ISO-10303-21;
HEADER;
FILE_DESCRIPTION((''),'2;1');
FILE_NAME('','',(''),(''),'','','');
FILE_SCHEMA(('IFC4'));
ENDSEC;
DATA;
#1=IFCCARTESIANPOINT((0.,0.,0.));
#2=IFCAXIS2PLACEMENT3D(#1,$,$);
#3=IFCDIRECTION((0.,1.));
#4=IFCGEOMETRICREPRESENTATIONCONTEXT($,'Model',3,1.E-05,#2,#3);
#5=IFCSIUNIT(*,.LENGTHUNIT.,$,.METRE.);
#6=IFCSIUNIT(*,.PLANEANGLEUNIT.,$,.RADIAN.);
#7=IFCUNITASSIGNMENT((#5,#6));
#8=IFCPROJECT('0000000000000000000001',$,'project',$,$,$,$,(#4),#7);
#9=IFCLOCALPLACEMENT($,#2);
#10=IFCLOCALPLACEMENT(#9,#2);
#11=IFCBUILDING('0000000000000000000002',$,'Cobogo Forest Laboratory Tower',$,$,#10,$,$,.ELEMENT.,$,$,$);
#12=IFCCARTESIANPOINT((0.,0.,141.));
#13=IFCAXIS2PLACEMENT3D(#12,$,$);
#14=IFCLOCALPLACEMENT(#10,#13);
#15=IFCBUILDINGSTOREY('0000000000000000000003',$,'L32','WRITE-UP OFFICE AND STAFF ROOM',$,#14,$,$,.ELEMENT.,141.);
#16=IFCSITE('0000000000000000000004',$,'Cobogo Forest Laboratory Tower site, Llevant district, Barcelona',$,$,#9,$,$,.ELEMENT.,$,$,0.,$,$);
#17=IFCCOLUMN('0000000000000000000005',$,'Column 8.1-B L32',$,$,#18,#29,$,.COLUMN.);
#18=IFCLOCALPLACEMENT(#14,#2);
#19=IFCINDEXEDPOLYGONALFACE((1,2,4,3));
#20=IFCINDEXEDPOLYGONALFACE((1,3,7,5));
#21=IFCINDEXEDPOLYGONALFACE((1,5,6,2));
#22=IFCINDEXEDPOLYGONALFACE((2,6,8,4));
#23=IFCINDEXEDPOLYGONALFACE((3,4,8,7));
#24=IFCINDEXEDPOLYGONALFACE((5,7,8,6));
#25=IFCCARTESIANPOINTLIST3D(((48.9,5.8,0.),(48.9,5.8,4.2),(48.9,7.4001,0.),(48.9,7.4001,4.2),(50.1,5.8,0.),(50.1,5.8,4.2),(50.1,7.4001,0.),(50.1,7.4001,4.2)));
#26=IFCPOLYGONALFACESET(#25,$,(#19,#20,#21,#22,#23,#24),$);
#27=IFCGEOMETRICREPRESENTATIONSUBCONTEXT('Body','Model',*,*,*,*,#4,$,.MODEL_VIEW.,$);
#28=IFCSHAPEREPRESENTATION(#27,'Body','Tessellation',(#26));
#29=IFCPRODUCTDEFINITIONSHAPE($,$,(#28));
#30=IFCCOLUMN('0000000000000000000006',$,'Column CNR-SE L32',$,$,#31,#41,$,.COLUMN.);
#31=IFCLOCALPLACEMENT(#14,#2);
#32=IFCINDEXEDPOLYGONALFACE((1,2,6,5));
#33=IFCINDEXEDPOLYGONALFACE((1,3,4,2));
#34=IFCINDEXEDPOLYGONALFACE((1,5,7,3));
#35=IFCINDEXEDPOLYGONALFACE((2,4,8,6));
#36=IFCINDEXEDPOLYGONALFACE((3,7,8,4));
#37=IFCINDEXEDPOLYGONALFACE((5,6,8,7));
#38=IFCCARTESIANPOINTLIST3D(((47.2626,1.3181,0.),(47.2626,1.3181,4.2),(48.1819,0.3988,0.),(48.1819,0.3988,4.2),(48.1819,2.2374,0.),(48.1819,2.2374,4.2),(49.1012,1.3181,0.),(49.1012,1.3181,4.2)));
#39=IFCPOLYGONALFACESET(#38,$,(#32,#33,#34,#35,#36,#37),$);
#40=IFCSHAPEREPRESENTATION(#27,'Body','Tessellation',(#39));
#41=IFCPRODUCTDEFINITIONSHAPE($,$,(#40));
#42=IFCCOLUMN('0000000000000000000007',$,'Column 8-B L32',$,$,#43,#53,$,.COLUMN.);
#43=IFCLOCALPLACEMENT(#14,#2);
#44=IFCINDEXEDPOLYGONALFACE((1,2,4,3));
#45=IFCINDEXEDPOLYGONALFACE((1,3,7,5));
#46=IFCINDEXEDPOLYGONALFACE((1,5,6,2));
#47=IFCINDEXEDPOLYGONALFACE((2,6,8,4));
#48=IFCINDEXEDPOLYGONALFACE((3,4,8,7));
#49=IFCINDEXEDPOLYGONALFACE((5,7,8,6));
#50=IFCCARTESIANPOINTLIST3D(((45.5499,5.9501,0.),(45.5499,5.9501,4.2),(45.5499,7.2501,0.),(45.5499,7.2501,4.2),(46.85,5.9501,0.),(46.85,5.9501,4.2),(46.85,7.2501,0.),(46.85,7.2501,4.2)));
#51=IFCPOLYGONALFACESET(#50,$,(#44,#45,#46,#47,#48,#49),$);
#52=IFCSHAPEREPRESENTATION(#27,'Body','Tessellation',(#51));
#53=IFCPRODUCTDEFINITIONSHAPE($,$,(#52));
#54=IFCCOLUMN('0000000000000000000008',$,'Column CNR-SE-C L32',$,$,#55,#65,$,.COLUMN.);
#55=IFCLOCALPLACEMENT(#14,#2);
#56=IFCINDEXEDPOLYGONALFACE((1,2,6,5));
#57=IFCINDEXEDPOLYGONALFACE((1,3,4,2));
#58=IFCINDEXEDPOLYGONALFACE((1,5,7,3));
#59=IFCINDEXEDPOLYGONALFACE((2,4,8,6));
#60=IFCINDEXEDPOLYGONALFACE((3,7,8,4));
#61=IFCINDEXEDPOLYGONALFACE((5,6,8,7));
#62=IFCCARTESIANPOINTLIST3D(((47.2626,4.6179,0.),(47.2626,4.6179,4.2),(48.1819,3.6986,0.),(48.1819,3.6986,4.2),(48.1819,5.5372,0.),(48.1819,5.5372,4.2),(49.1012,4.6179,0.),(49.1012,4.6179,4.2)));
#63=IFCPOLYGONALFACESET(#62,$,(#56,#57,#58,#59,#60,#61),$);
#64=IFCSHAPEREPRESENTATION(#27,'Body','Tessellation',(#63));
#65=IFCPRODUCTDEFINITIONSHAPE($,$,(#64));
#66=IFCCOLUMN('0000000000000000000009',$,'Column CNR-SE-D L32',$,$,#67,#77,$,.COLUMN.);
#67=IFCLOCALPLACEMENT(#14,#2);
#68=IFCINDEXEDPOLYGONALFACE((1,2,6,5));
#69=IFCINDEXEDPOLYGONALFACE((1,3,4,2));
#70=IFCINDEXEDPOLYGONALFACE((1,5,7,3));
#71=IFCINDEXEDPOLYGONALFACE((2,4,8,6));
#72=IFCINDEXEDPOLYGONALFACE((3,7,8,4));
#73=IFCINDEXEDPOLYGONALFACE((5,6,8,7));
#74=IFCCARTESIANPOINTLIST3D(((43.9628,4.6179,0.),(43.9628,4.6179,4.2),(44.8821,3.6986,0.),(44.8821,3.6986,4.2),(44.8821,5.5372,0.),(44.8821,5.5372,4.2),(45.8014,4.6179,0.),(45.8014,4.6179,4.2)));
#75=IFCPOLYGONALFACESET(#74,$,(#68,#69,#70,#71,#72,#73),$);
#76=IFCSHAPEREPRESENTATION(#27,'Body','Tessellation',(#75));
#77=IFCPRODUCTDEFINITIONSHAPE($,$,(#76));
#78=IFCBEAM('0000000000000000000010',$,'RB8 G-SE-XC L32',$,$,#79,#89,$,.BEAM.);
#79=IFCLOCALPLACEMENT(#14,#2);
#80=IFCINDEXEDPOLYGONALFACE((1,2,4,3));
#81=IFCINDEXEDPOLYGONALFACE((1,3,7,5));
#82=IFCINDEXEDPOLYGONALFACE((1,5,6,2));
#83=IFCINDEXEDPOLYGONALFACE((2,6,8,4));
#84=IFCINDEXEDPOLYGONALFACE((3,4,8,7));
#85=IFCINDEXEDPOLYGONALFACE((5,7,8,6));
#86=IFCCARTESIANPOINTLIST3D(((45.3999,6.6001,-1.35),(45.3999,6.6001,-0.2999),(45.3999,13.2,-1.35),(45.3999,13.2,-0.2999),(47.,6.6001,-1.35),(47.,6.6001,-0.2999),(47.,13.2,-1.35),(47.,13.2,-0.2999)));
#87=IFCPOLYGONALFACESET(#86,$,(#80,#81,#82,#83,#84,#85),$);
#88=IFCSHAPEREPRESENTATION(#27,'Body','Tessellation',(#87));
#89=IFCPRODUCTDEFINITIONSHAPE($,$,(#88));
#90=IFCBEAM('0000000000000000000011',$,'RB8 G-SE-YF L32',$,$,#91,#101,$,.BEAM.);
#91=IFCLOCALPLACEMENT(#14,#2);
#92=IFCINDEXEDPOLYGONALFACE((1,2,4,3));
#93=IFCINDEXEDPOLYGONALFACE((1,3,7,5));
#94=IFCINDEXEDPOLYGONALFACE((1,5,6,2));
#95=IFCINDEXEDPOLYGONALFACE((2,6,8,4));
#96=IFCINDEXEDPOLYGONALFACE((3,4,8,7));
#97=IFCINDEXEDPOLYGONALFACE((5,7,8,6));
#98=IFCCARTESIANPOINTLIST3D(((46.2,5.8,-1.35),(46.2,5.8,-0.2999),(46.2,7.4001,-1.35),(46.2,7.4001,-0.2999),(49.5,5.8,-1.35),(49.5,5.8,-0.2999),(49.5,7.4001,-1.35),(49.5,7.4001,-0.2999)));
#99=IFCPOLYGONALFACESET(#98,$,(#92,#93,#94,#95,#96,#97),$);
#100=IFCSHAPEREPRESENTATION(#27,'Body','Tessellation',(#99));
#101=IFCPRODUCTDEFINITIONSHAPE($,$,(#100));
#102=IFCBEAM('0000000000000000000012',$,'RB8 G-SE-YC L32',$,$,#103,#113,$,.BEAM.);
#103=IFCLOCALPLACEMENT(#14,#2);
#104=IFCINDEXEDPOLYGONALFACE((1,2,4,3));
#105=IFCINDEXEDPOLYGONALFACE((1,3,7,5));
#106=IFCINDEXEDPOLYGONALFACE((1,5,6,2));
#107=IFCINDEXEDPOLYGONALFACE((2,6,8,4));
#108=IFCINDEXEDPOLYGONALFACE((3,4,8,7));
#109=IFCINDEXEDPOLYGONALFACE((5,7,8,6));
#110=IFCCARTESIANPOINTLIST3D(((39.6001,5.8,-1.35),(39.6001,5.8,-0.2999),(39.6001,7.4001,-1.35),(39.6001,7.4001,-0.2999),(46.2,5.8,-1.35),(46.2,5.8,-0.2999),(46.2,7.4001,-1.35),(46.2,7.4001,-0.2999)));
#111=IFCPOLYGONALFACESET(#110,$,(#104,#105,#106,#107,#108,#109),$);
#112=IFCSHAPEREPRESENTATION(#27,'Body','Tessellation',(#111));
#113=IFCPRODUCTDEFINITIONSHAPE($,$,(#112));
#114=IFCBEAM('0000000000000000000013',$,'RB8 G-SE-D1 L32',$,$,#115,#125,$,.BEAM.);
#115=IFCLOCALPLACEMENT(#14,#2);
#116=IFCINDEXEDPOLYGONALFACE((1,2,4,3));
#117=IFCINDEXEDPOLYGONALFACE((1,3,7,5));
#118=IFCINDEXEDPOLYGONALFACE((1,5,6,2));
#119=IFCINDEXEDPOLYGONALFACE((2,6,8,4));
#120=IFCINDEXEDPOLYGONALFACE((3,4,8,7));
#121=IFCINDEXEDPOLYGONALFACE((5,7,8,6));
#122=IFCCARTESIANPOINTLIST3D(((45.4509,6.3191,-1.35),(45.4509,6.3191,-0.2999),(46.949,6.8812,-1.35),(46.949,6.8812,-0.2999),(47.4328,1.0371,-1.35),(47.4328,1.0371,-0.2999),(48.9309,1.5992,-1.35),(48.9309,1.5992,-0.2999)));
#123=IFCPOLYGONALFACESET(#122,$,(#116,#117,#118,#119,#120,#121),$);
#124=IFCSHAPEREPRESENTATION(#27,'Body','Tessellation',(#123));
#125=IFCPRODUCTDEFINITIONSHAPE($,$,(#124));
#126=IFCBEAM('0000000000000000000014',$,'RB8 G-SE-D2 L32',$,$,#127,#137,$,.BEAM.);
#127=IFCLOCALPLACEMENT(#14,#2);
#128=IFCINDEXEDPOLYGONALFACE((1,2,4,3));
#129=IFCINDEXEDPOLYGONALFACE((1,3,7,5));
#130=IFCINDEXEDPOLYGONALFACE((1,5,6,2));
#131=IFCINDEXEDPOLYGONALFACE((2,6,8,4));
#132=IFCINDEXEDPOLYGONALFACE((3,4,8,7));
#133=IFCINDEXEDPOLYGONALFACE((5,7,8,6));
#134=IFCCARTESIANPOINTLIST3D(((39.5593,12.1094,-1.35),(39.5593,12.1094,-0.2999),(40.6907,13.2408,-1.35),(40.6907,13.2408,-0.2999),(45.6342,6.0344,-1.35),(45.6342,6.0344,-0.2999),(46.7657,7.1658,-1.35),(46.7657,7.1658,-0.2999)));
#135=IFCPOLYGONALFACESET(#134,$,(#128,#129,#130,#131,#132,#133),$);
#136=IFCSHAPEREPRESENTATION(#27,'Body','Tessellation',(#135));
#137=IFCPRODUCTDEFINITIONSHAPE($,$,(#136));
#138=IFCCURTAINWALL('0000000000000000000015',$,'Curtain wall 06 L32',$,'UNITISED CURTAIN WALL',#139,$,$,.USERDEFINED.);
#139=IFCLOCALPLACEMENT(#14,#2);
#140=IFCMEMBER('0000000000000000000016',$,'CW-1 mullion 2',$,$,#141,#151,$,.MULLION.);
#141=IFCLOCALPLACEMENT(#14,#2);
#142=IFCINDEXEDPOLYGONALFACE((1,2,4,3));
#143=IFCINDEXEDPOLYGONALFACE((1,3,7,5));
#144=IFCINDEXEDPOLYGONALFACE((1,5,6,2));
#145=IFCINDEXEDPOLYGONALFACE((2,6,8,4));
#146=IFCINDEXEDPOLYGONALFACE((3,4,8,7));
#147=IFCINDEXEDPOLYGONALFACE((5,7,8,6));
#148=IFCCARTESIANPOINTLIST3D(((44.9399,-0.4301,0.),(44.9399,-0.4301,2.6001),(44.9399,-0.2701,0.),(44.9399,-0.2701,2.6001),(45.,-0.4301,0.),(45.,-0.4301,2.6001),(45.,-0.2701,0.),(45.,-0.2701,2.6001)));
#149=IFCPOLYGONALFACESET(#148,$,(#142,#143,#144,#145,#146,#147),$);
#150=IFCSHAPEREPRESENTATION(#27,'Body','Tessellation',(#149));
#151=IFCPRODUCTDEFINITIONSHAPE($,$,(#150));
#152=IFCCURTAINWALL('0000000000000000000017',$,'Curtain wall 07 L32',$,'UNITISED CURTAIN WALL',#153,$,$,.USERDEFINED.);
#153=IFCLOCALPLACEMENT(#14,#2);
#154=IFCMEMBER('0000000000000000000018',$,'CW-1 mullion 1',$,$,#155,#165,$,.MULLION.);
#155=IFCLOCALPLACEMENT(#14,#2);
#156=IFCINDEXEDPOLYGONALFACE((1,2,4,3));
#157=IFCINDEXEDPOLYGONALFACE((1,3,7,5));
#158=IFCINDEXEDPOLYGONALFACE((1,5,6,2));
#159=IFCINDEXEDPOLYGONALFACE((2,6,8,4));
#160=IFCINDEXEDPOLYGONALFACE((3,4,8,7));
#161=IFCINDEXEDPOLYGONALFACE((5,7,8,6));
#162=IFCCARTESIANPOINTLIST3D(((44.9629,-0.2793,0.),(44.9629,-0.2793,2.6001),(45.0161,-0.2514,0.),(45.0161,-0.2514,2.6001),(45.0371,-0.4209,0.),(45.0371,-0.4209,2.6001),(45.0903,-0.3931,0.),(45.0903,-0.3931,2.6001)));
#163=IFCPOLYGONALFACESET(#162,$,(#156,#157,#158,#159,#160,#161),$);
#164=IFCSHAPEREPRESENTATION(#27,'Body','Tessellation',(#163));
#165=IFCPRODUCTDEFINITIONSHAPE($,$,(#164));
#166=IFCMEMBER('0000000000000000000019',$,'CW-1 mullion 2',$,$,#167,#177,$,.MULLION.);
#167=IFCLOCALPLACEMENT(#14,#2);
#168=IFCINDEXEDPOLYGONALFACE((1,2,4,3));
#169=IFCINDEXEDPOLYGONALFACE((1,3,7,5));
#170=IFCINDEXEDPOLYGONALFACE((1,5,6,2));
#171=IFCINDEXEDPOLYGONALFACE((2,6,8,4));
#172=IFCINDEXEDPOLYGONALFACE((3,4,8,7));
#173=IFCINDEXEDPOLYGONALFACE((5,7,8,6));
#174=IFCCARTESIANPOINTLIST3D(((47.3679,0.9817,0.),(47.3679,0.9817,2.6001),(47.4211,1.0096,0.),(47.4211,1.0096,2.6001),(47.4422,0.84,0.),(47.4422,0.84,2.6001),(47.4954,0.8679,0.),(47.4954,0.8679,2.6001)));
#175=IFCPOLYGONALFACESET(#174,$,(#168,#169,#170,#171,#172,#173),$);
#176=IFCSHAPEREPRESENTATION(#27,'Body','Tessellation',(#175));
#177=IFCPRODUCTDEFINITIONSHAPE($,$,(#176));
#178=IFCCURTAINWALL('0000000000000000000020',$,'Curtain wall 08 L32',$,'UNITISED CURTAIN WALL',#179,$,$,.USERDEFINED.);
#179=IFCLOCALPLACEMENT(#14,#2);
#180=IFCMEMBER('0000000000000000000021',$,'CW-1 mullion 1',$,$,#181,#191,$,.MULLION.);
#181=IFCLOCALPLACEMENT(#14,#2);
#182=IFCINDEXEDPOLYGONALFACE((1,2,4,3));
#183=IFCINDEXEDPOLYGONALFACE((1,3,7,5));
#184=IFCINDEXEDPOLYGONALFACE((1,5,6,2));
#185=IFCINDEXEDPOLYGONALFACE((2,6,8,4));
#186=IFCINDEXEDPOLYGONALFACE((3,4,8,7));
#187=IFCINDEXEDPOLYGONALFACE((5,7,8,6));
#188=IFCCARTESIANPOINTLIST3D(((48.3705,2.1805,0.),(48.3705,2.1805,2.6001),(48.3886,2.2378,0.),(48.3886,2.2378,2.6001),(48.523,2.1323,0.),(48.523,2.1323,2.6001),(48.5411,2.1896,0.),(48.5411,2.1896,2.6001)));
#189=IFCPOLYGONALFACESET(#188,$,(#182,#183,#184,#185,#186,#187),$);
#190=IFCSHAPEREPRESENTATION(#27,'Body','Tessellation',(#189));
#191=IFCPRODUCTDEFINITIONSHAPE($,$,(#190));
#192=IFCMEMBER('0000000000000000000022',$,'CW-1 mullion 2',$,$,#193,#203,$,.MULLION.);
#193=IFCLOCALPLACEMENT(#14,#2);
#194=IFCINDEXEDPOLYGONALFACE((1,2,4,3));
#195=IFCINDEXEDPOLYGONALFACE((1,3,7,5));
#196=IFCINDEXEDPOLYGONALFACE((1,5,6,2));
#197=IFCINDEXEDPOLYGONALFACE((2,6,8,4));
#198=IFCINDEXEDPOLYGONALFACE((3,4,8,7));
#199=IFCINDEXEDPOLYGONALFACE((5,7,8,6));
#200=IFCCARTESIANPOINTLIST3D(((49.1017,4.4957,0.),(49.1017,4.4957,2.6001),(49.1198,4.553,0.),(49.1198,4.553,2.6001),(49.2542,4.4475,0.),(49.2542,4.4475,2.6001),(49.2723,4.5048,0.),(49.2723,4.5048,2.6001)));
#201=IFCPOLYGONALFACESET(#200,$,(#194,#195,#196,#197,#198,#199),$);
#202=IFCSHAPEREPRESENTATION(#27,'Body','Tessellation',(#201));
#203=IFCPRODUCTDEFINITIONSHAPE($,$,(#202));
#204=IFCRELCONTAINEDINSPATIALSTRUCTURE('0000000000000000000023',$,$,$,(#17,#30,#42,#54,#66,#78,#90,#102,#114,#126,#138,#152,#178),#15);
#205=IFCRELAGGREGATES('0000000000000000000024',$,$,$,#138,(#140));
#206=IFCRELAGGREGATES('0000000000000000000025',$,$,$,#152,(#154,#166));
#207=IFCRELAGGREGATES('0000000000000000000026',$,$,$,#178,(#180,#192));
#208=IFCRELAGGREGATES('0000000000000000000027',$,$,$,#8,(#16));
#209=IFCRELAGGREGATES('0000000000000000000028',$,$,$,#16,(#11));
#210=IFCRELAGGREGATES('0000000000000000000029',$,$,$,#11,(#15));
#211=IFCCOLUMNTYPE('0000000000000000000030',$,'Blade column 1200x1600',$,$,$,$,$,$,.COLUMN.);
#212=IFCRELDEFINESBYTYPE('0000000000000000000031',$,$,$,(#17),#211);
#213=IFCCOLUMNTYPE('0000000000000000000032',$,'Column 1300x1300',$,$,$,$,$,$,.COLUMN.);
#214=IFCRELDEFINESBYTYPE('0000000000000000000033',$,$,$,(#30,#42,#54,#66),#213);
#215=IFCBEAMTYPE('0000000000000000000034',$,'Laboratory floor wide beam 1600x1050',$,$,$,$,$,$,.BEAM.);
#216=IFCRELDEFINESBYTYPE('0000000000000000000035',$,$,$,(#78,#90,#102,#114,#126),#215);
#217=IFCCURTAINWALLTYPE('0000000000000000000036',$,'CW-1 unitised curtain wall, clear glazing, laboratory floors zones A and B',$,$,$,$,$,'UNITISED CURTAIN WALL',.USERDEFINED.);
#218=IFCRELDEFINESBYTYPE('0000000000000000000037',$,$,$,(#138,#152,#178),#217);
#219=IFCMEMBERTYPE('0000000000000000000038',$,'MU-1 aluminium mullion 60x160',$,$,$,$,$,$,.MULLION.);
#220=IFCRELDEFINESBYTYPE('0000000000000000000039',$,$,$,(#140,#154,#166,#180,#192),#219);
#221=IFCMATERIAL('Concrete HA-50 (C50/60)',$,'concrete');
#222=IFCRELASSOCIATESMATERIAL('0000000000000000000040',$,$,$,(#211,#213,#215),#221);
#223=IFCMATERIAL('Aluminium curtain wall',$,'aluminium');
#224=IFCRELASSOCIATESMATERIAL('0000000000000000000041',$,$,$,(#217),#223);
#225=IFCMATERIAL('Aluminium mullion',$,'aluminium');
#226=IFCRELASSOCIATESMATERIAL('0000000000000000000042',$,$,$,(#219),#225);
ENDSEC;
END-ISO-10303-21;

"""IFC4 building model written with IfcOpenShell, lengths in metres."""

from ifc_helpers import new_model, si_unit, direction, frame, origin, origin_2d, place, context, subcontext, project, spatial, rectangle, extrude, material, material_profile, profile_set, type_object, element, aggregate, save


model = new_model("IFC4")

# Units and contexts
model_context = context("Model", 3, precision=1e-05, world=origin(), true_north=direction((0.0, 1.0)))
body_context = subcontext(model_context, "Body", "Model", "MODEL_VIEW")
ifc_project = project(units=[si_unit("LENGTHUNIT", "METRE"), si_unit("PLANEANGLEUNIT", "RADIAN")], contexts=[model_context])

# Site, building, storey
site_placement = place(None, origin())
site = spatial("IfcSite", under=ifc_project, at=site_placement, Name="Cobogo Forest Laboratory Tower site, Llevant district, Barcelona", CompositionType="ELEMENT", RefElevation=0.0)
building_placement = place(site_placement, origin())
building = spatial("IfcBuilding", under=site, at=building_placement, Name="Cobogo Forest Laboratory Tower", CompositionType="ELEMENT")
storey_placement = place(building_placement, frame((0.0, 0.0, 141.0)))
storey = spatial("IfcBuildingStorey", under=building, at=storey_placement, Name="L32", Description="WRITE-UP OFFICE AND STAFF ROOM", CompositionType="ELEMENT", Elevation=141.0)

# Columns
ifc_material_1 = material(Name="Concrete HA-50 (C50/60)", Category="concrete")
ifc_material_profile_1 = material_profile(ifc_material_1, rectangle(XDim=1.6001, YDim=1.2, at=origin_2d()), Name="RC 1200x1600")
ifc_profile_set_1 = profile_set([ifc_material_profile_1], Name="Concrete HA-50 (C50/60)")
column_type_1 = type_object("IfcColumnType", Name="Blade column 1200x1600", PredefinedType="COLUMN", material=ifc_profile_set_1)
column_placement = place(storey_placement, frame((49.5, 6.6001, 0.0), z_axis=(0.0, 0.0, 1.0), x_axis=(0.0, 1.0, 0.0)))
element("IfcColumn", 1, at=column_placement, inside=storey, type_object=column_type_1, Name="Column 8.1-B L32", PredefinedType="COLUMN", context=body_context, shape_type="SweptSolid", body=[
    extrude(rectangle(XDim=1.6001, YDim=1.2, at=origin_2d()), origin(), (0.0, 0.0, 1.0), 4.2),
])
ifc_material_profile_2 = material_profile(ifc_material_1, rectangle(XDim=1.3, YDim=1.3, at=origin_2d()), Name="RC 1300x1300")
ifc_profile_set_2 = profile_set([ifc_material_profile_2], Name="Concrete HA-50 (C50/60)")
column_type_2 = type_object("IfcColumnType", Name="Column 1300x1300", PredefinedType="COLUMN", material=ifc_profile_set_2)
for number, where, z_axis, x_axis, name in (
    (2, (48.1819, 1.3181, 0.0), (0.0, 0.0, 1.0), (0.707107, 0.707107, 0.0), "Column CNR-SE L32"),
    (3, (46.2, 6.6001, 0.0), (0.0, 0.0, 1.0), (1.0, 0.0, 0.0), "Column 8-B L32"),
    (4, (48.1819, 4.6179, 0.0), (0.0, 0.0, 1.0), (0.707107, 0.707107, 0.0), "Column CNR-SE-C L32"),
    (5, (44.8821, 4.6179, 0.0), (0.0, 0.0, 1.0), (0.707107, 0.707107, 0.0), "Column CNR-SE-D L32"),
):
    element("IfcColumn", number, at=place(storey_placement, frame(where, z_axis=z_axis, x_axis=x_axis)), inside=storey, type_object=column_type_2, Name=name, PredefinedType="COLUMN", context=body_context, shape_type="SweptSolid", body=[
        extrude(rectangle(XDim=1.3, YDim=1.3, at=origin_2d()), origin(), (0.0, 0.0, 1.0), 4.2),
    ])

# Beams
ifc_material_profile_3 = material_profile(ifc_material_1, rectangle(XDim=1.6001, YDim=1.05, at=origin_2d()), Name="RC 1600x1050")
ifc_profile_set_3 = profile_set([ifc_material_profile_3], Name="Concrete HA-50 (C50/60)")
beam_type_1 = type_object("IfcBeamType", Name="Laboratory floor wide beam 1600x1050", PredefinedType="BEAM", material=ifc_profile_set_3)
beam_1_placement = place(storey_placement, frame((46.2, 6.6001, -0.825), z_axis=(0.0, 1.0, 0.0), x_axis=(-1.0, 0.0, 0.0)))
element("IfcBeam", 6, at=beam_1_placement, inside=storey, type_object=beam_type_1, Name="RB8 G-SE-XC L32", PredefinedType="BEAM", context=body_context, shape_type="SweptSolid", body=[
    extrude(rectangle(XDim=1.6001, YDim=1.05, at=origin_2d()), origin(), (0.0, 0.0, 1.0), 6.5999),
])
beam_2_placement = place(storey_placement, frame((49.5, 6.6001, -0.825), z_axis=(-1.0, 0.0, 0.0), x_axis=(0.0, -1.0, 0.0)))
element("IfcBeam", 7, at=beam_2_placement, inside=storey, type_object=beam_type_1, Name="RB8 G-SE-YF L32", PredefinedType="BEAM", context=body_context, shape_type="SweptSolid", body=[
    extrude(rectangle(XDim=1.6001, YDim=1.05, at=origin_2d()), origin(), (0.0, 0.0, 1.0), 3.3),
])
beam_3_placement = place(storey_placement, frame((46.2, 6.6001, -0.825), z_axis=(-1.0, 0.0, 0.0), x_axis=(0.0, -1.0, 0.0)))
element("IfcBeam", 8, at=beam_3_placement, inside=storey, type_object=beam_type_1, Name="RB8 G-SE-YC L32", PredefinedType="BEAM", context=body_context, shape_type="SweptSolid", body=[
    extrude(rectangle(XDim=1.6001, YDim=1.05, at=origin_2d()), origin(), (0.0, 0.0, 1.0), 6.5999),
])
beam_4_placement = place(storey_placement, frame((48.1819, 1.3181, -0.825), z_axis=(-0.351308, 0.93626, 0.0), x_axis=(-0.93626, -0.351308, 0.0)))
element("IfcBeam", 9, at=beam_4_placement, inside=storey, type_object=beam_type_1, Name="RB8 G-SE-D1 L32", PredefinedType="BEAM", context=body_context, shape_type="SweptSolid", body=[
    extrude(rectangle(XDim=1.6001, YDim=1.05, at=origin_2d()), origin(), (0.0, 0.0, 1.0), 5.6416),
])
beam_5_placement = place(storey_placement, frame((46.2, 6.6001, -0.825), z_axis=(-0.707107, 0.707107, 0.0), x_axis=(-0.707107, -0.707107, 0.0)))
element("IfcBeam", 10, at=beam_5_placement, inside=storey, type_object=beam_type_1, Name="RB8 G-SE-D2 L32", PredefinedType="BEAM", context=body_context, shape_type="SweptSolid", body=[
    extrude(rectangle(XDim=1.6001, YDim=1.05, at=origin_2d()), origin(), (0.0, 0.0, 1.0), 8.5913),
])

# Curtain wall, member
ifc_material_2 = material(Name="Aluminium curtain wall", Category="aluminium")
curtain_wall_type = type_object("IfcCurtainWallType", Name="CW-1 unitised curtain wall, clear glazing, laboratory floors zones A and B", ElementType="UNITISED CURTAIN WALL", PredefinedType="USERDEFINED", material=ifc_material_2)
curtain_wall_1_placement = place(storey_placement, origin())
curtain_wall_1 = element("IfcCurtainWall", 11, at=curtain_wall_1_placement, inside=storey, type_object=curtain_wall_type, Name="Curtain wall 06 L32", ObjectType="UNITISED CURTAIN WALL", PredefinedType="USERDEFINED")
ifc_material_3 = material(Name="Aluminium mullion", Category="aluminium")
ifc_material_profile_4 = material_profile(ifc_material_3, rectangle(XDim=0.0601, YDim=0.1599, at=origin_2d()), Name="AL 60x160")
ifc_profile_set_4 = profile_set([ifc_material_profile_4], Name="Aluminium mullion")
member_type_1 = type_object("IfcMemberType", Name="MU-1 aluminium mullion 60x160", PredefinedType="MULLION", material=ifc_profile_set_4)
member_1_placement = place(storey_placement, frame((44.97, -0.3501, 0.0), z_axis=(0.0, 0.0, 1.0), x_axis=(1.0, 0.0, 0.0)))
member_1 = element("IfcMember", 12, at=member_1_placement, type_object=member_type_1, Name="CW-1 mullion 2", PredefinedType="MULLION", context=body_context, shape_type="SweptSolid", body=[
    extrude(rectangle(XDim=0.0601, YDim=0.1599, at=origin_2d()), origin(), (0.0, 0.0, 1.0), 2.6001),
])

# Curtain walls, members
curtain_wall_2_placement = place(storey_placement, origin())
curtain_wall_2 = element("IfcCurtainWall", 13, at=curtain_wall_2_placement, inside=storey, type_object=curtain_wall_type, Name="Curtain wall 07 L32", ObjectType="UNITISED CURTAIN WALL", PredefinedType="USERDEFINED")
member_2_placement = place(storey_placement, frame((45.0266, -0.3362, 0.0), z_axis=(0.0, 0.0, 1.0), x_axis=(0.885687, 0.464284, 0.0)))
member_2 = element("IfcMember", 14, at=member_2_placement, type_object=member_type_1, Name="CW-1 mullion 1", PredefinedType="MULLION", context=body_context, shape_type="SweptSolid", body=[
    extrude(rectangle(XDim=0.0601, YDim=0.1599, at=origin_2d()), origin(), (0.0, 0.0, 1.0), 2.6001),
])
member_3_placement = place(storey_placement, frame((47.4316, 0.9248, 0.0), z_axis=(0.0, 0.0, 1.0), x_axis=(0.885687, 0.464284, 0.0)))
member_3 = element("IfcMember", 15, at=member_3_placement, type_object=member_type_1, Name="CW-1 mullion 2", PredefinedType="MULLION", context=body_context, shape_type="SweptSolid", body=[
    extrude(rectangle(XDim=0.0601, YDim=0.1599, at=origin_2d()), origin(), (0.0, 0.0, 1.0), 2.6001),
])
curtain_wall_3_placement = place(storey_placement, origin())
curtain_wall_3 = element("IfcCurtainWall", 16, at=curtain_wall_3_placement, inside=storey, type_object=curtain_wall_type, Name="Curtain wall 08 L32", ObjectType="UNITISED CURTAIN WALL", PredefinedType="USERDEFINED")
member_4_placement = place(storey_placement, frame((48.4558, 2.1851, 0.0), z_axis=(0.0, 0.0, 1.0), x_axis=(0.301135, 0.953581, 0.0)))
member_4 = element("IfcMember", 17, at=member_4_placement, type_object=member_type_1, Name="CW-1 mullion 1", PredefinedType="MULLION", context=body_context, shape_type="SweptSolid", body=[
    extrude(rectangle(XDim=0.0601, YDim=0.1599, at=origin_2d()), origin(), (0.0, 0.0, 1.0), 2.6001),
])
member_5_placement = place(storey_placement, frame((49.187, 4.5002, 0.0), z_axis=(0.0, 0.0, 1.0), x_axis=(0.301135, 0.953581, 0.0)))
member_5 = element("IfcMember", 18, at=member_5_placement, type_object=member_type_1, Name="CW-1 mullion 2", PredefinedType="MULLION", context=body_context, shape_type="SweptSolid", body=[
    extrude(rectangle(XDim=0.0601, YDim=0.1599, at=origin_2d()), origin(), (0.0, 0.0, 1.0), 2.6001),
])

aggregate(curtain_wall_1, [member_1])
aggregate(curtain_wall_2, [member_2, member_3])
aggregate(curtain_wall_3, [member_4, member_5])

save(model, "model.ifc")
